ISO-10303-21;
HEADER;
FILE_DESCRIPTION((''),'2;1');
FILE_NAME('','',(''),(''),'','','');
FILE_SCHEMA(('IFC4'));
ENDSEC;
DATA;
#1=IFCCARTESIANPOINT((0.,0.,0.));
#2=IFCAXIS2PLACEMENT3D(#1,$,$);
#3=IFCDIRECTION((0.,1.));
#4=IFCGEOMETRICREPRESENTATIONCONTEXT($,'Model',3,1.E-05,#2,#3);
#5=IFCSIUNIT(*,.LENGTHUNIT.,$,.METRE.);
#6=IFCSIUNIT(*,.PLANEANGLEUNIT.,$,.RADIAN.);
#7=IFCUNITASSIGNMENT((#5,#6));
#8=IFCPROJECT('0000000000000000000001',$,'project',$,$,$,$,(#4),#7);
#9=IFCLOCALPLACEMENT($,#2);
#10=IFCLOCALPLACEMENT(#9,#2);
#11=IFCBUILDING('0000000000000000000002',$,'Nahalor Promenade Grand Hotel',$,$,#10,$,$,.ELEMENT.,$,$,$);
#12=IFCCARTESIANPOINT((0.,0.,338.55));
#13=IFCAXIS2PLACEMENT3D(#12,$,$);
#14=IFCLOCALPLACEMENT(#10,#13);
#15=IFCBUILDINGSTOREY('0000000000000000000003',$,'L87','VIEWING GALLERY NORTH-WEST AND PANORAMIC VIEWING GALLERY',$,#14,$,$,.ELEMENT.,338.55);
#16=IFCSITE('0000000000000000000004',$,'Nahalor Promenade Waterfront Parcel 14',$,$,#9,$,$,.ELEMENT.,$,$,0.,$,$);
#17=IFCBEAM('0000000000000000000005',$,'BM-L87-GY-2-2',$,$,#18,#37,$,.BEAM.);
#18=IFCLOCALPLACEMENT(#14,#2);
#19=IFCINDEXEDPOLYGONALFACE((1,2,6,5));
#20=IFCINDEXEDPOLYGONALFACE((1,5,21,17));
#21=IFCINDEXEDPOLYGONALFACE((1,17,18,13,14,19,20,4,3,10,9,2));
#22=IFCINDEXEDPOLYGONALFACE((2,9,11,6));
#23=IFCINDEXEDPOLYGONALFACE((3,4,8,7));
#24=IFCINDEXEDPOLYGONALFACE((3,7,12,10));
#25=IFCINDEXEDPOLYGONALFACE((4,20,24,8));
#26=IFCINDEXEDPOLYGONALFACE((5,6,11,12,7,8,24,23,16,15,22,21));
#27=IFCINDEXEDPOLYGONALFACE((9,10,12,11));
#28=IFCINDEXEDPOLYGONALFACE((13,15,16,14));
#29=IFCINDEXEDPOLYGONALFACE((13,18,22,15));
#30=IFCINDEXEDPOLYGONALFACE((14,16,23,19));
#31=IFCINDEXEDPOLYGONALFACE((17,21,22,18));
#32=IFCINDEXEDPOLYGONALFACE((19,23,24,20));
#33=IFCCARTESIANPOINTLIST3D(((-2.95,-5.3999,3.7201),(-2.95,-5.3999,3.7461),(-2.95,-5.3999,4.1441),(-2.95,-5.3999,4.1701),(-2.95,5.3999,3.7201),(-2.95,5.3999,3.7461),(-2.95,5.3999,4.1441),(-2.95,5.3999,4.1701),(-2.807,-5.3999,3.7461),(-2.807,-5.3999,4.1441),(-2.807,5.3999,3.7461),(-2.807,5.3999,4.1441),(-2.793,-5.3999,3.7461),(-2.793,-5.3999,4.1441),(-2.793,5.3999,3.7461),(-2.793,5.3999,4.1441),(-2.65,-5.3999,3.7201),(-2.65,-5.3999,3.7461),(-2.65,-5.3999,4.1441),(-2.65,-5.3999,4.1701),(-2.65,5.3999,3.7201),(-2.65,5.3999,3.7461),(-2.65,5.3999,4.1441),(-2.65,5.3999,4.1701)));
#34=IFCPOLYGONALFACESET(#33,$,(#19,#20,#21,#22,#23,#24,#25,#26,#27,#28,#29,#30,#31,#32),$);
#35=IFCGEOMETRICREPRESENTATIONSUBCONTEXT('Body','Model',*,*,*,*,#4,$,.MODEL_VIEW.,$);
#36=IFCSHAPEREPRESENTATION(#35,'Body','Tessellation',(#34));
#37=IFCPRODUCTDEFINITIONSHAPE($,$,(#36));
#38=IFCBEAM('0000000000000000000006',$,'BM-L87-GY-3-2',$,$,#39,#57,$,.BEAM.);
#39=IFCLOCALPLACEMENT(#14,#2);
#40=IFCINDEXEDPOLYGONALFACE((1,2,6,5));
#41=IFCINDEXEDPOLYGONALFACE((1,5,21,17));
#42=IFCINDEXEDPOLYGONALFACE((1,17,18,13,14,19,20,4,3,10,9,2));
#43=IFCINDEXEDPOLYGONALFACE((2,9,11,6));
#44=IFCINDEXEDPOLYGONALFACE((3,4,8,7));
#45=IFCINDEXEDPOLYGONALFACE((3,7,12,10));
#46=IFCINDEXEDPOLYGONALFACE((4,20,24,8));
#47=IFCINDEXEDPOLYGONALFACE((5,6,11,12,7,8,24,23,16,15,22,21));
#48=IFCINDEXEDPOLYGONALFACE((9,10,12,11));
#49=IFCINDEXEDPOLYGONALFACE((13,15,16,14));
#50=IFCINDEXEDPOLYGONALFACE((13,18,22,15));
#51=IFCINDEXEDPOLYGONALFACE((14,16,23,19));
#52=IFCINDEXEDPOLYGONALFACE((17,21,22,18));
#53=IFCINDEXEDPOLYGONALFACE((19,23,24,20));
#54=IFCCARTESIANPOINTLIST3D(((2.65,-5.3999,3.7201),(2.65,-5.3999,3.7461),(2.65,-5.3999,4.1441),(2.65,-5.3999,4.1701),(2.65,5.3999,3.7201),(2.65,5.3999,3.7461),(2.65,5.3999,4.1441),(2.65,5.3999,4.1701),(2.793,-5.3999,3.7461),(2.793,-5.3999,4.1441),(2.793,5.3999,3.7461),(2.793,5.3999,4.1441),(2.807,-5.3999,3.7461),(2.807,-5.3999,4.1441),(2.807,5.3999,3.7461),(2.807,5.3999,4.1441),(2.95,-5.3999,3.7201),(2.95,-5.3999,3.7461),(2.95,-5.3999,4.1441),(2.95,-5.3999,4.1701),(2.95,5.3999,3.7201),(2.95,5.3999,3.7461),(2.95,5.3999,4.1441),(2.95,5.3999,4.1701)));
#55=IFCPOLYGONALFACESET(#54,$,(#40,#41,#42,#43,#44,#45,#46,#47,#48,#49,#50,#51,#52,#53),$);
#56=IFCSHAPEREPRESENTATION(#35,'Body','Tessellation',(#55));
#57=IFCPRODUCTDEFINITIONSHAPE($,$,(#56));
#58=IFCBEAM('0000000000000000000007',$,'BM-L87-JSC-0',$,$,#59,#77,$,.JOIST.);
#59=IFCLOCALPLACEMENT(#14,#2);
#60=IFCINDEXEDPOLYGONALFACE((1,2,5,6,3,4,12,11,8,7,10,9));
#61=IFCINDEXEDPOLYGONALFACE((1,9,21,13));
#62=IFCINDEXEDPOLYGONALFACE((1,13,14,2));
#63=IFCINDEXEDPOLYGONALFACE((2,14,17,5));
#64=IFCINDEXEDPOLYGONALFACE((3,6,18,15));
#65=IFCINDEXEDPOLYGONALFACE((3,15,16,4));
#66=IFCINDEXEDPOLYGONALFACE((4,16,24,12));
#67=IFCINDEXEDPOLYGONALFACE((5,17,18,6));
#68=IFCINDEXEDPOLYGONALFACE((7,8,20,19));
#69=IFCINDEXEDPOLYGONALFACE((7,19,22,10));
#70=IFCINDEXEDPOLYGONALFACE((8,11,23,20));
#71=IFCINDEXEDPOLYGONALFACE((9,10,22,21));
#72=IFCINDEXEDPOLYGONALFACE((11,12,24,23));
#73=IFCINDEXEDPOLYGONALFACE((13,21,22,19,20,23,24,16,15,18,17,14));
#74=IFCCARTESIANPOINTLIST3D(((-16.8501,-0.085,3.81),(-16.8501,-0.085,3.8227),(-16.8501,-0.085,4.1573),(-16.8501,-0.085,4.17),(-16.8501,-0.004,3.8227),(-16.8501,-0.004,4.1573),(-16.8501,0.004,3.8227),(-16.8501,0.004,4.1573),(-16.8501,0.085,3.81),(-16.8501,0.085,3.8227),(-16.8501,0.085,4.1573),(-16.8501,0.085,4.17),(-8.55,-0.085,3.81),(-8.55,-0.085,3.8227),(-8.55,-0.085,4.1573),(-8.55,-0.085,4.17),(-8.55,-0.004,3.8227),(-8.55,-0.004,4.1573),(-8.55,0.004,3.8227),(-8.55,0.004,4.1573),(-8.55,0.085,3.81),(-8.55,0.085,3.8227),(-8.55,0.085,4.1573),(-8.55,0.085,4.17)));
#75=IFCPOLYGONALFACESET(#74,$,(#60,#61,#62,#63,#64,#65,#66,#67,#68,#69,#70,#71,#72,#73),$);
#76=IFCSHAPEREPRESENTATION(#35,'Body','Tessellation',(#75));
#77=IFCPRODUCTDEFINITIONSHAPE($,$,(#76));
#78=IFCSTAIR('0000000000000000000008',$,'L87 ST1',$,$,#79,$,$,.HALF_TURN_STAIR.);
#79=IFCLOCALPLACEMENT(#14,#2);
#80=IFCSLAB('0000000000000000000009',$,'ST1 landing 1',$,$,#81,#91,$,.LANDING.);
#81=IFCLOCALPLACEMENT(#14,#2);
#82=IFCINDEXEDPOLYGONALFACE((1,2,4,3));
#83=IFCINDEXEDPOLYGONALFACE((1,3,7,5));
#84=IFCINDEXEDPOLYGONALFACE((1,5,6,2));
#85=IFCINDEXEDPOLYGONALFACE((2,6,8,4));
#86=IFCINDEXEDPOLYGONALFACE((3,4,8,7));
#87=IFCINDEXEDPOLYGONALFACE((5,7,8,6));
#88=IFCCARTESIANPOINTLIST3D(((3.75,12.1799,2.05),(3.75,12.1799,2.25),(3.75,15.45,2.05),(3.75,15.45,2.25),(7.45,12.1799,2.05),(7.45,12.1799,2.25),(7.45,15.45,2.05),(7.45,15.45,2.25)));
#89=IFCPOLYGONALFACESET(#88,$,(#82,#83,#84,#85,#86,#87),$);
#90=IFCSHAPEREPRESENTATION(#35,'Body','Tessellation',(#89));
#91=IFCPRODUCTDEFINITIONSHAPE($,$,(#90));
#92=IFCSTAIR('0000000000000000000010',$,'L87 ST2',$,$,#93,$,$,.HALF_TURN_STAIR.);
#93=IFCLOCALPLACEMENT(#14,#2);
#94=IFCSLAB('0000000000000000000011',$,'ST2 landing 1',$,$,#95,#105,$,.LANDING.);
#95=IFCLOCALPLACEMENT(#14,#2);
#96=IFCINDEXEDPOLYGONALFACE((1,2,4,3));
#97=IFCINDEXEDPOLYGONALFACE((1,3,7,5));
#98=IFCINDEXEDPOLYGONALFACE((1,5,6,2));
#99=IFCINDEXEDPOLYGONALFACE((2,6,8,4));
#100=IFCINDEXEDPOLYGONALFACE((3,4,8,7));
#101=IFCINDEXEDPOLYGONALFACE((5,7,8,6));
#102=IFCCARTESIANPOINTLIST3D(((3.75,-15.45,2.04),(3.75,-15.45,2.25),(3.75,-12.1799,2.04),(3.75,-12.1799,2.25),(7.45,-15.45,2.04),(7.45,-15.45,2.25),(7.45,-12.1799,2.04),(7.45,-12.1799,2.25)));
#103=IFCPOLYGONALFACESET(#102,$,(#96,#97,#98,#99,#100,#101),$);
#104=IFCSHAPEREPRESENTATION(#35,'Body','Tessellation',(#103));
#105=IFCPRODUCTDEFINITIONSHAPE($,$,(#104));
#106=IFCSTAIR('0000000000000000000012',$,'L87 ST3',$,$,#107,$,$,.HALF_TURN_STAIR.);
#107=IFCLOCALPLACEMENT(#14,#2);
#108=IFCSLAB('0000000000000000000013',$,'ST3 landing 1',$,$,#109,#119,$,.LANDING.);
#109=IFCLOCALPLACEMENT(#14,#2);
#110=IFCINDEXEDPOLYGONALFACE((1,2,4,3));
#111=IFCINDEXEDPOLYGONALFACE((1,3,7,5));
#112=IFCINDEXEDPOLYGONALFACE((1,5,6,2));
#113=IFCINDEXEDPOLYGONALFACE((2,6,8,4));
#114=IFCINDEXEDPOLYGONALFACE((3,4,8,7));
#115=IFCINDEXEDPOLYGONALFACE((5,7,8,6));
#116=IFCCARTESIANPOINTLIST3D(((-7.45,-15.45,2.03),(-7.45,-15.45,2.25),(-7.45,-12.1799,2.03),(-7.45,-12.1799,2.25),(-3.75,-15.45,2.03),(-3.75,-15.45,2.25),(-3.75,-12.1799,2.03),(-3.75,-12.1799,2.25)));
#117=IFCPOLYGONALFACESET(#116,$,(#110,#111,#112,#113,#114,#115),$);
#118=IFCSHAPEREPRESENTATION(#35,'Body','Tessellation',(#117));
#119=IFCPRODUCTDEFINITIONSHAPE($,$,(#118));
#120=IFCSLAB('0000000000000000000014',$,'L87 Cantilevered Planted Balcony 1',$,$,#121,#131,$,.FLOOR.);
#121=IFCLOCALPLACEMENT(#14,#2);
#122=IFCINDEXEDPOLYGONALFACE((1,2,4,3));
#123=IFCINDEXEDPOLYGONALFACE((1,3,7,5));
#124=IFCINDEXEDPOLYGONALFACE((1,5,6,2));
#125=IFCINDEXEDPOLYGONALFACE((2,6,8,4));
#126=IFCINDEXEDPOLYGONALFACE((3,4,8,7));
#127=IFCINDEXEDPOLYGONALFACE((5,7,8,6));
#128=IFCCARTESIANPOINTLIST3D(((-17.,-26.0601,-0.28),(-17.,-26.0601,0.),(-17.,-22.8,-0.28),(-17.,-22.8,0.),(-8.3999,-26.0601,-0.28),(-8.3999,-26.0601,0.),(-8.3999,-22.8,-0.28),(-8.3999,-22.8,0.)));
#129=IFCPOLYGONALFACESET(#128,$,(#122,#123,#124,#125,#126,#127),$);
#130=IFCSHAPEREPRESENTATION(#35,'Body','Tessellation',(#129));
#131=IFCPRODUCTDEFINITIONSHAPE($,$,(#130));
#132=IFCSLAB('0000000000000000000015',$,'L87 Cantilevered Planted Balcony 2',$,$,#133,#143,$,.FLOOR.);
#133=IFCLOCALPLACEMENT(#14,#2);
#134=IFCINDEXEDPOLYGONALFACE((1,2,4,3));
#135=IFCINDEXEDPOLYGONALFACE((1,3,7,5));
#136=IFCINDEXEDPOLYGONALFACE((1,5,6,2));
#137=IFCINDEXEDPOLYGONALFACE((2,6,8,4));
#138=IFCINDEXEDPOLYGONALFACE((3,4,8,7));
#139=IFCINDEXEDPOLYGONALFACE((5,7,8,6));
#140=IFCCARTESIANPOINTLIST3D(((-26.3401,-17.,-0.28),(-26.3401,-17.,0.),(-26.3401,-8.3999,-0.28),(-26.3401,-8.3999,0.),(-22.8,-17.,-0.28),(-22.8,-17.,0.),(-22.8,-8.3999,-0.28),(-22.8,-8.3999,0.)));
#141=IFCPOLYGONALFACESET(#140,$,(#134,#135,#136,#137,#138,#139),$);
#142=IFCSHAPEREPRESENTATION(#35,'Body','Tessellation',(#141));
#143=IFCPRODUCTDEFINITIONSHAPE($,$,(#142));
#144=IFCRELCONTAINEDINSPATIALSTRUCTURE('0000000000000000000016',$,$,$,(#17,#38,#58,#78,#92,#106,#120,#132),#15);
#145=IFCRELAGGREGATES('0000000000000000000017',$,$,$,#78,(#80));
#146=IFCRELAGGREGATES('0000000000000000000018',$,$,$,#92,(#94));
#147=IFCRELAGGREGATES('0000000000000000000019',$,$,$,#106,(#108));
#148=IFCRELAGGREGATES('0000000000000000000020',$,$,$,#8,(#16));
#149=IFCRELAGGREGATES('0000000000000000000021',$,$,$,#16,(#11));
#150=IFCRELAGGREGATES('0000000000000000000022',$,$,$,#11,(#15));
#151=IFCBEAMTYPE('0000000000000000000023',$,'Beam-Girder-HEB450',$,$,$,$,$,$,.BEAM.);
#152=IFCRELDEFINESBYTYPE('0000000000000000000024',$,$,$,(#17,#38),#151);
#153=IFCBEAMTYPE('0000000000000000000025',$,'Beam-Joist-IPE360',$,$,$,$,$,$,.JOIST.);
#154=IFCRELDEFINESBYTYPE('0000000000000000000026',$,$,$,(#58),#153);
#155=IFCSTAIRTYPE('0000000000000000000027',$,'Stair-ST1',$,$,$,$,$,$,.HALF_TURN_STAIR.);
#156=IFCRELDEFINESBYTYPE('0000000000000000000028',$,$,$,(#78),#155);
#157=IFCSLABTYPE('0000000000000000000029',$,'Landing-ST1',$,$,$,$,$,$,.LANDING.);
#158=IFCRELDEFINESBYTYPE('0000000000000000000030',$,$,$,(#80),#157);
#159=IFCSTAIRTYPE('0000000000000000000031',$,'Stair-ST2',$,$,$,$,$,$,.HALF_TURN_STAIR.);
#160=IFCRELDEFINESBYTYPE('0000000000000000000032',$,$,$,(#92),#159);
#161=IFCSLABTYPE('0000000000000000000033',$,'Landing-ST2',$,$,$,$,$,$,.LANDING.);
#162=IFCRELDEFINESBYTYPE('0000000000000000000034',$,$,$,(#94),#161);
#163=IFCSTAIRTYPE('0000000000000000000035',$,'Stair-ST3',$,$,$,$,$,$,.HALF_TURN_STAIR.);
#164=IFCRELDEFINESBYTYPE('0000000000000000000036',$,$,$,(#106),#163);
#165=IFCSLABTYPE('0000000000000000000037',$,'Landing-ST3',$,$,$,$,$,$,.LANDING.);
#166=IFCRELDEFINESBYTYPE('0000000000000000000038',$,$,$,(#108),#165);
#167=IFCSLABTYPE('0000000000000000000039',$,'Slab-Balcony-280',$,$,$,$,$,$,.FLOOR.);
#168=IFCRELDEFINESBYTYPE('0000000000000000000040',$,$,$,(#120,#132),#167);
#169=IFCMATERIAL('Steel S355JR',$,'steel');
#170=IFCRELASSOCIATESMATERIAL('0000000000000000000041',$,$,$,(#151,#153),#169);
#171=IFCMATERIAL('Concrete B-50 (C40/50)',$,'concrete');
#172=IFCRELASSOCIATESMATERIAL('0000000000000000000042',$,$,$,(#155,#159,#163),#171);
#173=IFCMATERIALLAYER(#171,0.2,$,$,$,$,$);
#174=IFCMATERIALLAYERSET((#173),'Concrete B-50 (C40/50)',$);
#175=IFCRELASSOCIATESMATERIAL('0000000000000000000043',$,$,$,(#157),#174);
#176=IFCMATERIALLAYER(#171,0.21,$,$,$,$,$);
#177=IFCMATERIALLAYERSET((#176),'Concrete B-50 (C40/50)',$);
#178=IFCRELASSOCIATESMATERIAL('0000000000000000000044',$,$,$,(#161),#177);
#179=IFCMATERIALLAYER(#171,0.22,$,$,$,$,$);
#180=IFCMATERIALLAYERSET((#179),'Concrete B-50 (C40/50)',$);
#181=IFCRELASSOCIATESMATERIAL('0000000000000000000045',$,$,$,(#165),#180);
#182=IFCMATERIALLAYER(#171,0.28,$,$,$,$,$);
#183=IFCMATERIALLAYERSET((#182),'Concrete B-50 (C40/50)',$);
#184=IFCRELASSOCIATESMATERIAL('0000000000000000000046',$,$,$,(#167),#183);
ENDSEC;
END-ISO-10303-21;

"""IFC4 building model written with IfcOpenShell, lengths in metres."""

from ifc_helpers import new_model, si_unit, direction, frame, origin, origin_2d, place, context, subcontext, project, spatial, polyline, i_section, outline, extrude, source, transform, mapped, material, layer, layer_set, material_profile, profile_set, type_object, element, aggregate, save


model = new_model("IFC4")

# Units and contexts
model_context = context("Model", 3, precision=1e-05, world=origin(), true_north=direction((0.0, 1.0)))
body_context = subcontext(model_context, "Body", "Model", "MODEL_VIEW")
ifc_project = project(units=[si_unit("LENGTHUNIT", "METRE"), si_unit("PLANEANGLEUNIT", "RADIAN")], contexts=[model_context])

# Site, building, storey
site_placement = place(None, origin())
site = spatial("IfcSite", under=ifc_project, at=site_placement, Name="Nahalor Promenade Waterfront Parcel 14", CompositionType="ELEMENT", RefElevation=0.0)
building_placement = place(site_placement, origin())
building = spatial("IfcBuilding", under=site, at=building_placement, Name="Nahalor Promenade Grand Hotel", CompositionType="ELEMENT")
storey_placement = place(building_placement, frame((0.0, 0.0, 338.55)))
storey = spatial("IfcBuildingStorey", under=building, at=storey_placement, Name="L87", Description="VIEWING GALLERY NORTH-WEST AND PANORAMIC VIEWING GALLERY", CompositionType="ELEMENT", Elevation=338.55)

# Shared definitions
ifc_material_1 = material(Name="Concrete B-50 (C40/50)", Category="concrete")

# Beams
ifc_material_2 = material(Name="Steel S355JR", Category="steel")
ifc_material_profile_1 = material_profile(ifc_material_2, i_section(OverallWidth=0.3, OverallDepth=0.45, WebThickness=0.014, FlangeThickness=0.026, at=origin_2d()), Name="HEB 450")
ifc_profile_set_1 = profile_set([ifc_material_profile_1], Name="Steel S355JR")
beam_type_1 = type_object("IfcBeamType", Name="Beam-Girder-HEB450", PredefinedType="BEAM", material=ifc_profile_set_1)
shared_shape_1 = source(origin(), body_context, "Body", "SweptSolid", [
    extrude(i_section(OverallWidth=0.3, OverallDepth=0.45, WebThickness=0.014, FlangeThickness=0.026, at=origin_2d()), origin(), (0.0, 0.0, 1.0), 10.7998),
])
for number, where, z_axis, x_axis, name in (
    (1, (-2.8, -5.3999, 3.9451), (0.0, 1.0, 0.0), (-1.0, 0.0, 0.0), "BM-L87-GY-2-2"),
    (2, (2.8, -5.3999, 3.9451), (0.0, 1.0, 0.0), (-1.0, 0.0, 0.0), "BM-L87-GY-3-2"),
):
    element("IfcBeam", number, at=place(storey_placement, frame(where, z_axis=z_axis, x_axis=x_axis)), inside=storey, type_object=beam_type_1, Name=name, PredefinedType="BEAM", context=body_context, shape_type="MappedRepresentation", body=[
        mapped(shared_shape_1, transform((0.0, 0.0, 0.0), scale=1.0)),
    ])
ifc_material_profile_2 = material_profile(ifc_material_2, i_section(OverallWidth=0.17, OverallDepth=0.36, WebThickness=0.008, FlangeThickness=0.0127, at=origin_2d()), Name="IPE 360")
ifc_profile_set_2 = profile_set([ifc_material_profile_2], Name="Steel S355JR")
beam_type_2 = type_object("IfcBeamType", Name="Beam-Joist-IPE360", PredefinedType="JOIST", material=ifc_profile_set_2)
shared_shape_2 = source(origin(), body_context, "Body", "SweptSolid", [
    extrude(i_section(OverallWidth=0.17, OverallDepth=0.36, WebThickness=0.008, FlangeThickness=0.0127, at=origin_2d()), origin(), (0.0, 0.0, 1.0), 8.3),
])
beam_1_placement = place(storey_placement, frame((-16.8501, 0.0, 3.99), z_axis=(1.0, 0.0, 0.0), x_axis=(0.0, 1.0, 0.0)))
element("IfcBeam", 3, at=beam_1_placement, inside=storey, type_object=beam_type_2, Name="BM-L87-JSC-0", PredefinedType="JOIST", context=body_context, shape_type="MappedRepresentation", body=[
    mapped(shared_shape_2, transform((0.0, 0.0, 0.0), scale=1.0)),
])

# Stairs, slabs
stair_type_1 = type_object("IfcStairType", Name="Stair-ST1", PredefinedType="HALF_TURN_STAIR", material=ifc_material_1)
stair_1_placement = place(storey_placement, origin())
stair_1 = element("IfcStair", 4, at=stair_1_placement, inside=storey, type_object=stair_type_1, Name="L87 ST1", PredefinedType="HALF_TURN_STAIR")
ifc_layer_1 = layer(ifc_material_1, 0.2)
ifc_layer_set_1 = layer_set([ifc_layer_1], Name="Concrete B-50 (C40/50)")
slab_type_1 = type_object("IfcSlabType", Name="Landing-ST1", PredefinedType="LANDING", material=ifc_layer_set_1)
slab_1_placement = place(storey_placement, frame((0.0, 0.0, 2.05)))
slab_1 = element("IfcSlab", 5, at=slab_1_placement, type_object=slab_type_1, Name="ST1 landing 1", PredefinedType="LANDING", context=body_context, shape_type="SweptSolid", body=[
    extrude(outline(polyline([(7.45, 12.1799), (7.45, 15.45), (3.75, 15.45), (3.75, 12.1799), (7.45, 12.1799)])), origin(), (0.0, 0.0, 1.0), 0.2),
])
aggregate(stair_1, [slab_1])
stair_type_2 = type_object("IfcStairType", Name="Stair-ST2", PredefinedType="HALF_TURN_STAIR", material=ifc_material_1)
stair_2_placement = place(storey_placement, origin())
stair_2 = element("IfcStair", 6, at=stair_2_placement, inside=storey, type_object=stair_type_2, Name="L87 ST2", PredefinedType="HALF_TURN_STAIR")
ifc_layer_2 = layer(ifc_material_1, 0.21)
ifc_layer_set_2 = layer_set([ifc_layer_2], Name="Concrete B-50 (C40/50)")
slab_type_2 = type_object("IfcSlabType", Name="Landing-ST2", PredefinedType="LANDING", material=ifc_layer_set_2)
slab_2_placement = place(storey_placement, frame((0.0, 0.0, 2.04)))
slab_2 = element("IfcSlab", 7, at=slab_2_placement, type_object=slab_type_2, Name="ST2 landing 1", PredefinedType="LANDING", context=body_context, shape_type="SweptSolid", body=[
    extrude(outline(polyline([(3.75, -12.1799), (3.75, -15.45), (7.45, -15.45), (7.45, -12.1799), (3.75, -12.1799)])), origin(), (0.0, 0.0, 1.0), 0.21),
])
aggregate(stair_2, [slab_2])
stair_type_3 = type_object("IfcStairType", Name="Stair-ST3", PredefinedType="HALF_TURN_STAIR", material=ifc_material_1)
stair_3_placement = place(storey_placement, origin())
stair_3 = element("IfcStair", 8, at=stair_3_placement, inside=storey, type_object=stair_type_3, Name="L87 ST3", PredefinedType="HALF_TURN_STAIR")
ifc_layer_3 = layer(ifc_material_1, 0.22)
ifc_layer_set_3 = layer_set([ifc_layer_3], Name="Concrete B-50 (C40/50)")
slab_type_3 = type_object("IfcSlabType", Name="Landing-ST3", PredefinedType="LANDING", material=ifc_layer_set_3)
slab_3_placement = place(storey_placement, frame((0.0, 0.0, 2.03)))
slab_3 = element("IfcSlab", 9, at=slab_3_placement, type_object=slab_type_3, Name="ST3 landing 1", PredefinedType="LANDING", context=body_context, shape_type="SweptSolid", body=[
    extrude(outline(polyline([(-7.45, -12.1799), (-7.45, -15.45), (-3.75, -15.45), (-3.75, -12.1799), (-7.45, -12.1799)])), origin(), (0.0, 0.0, 1.0), 0.22),
])
aggregate(stair_3, [slab_3])

# Slabs
ifc_layer_4 = layer(ifc_material_1, 0.28)
ifc_layer_set_4 = layer_set([ifc_layer_4], Name="Concrete B-50 (C40/50)")
slab_type_4 = type_object("IfcSlabType", Name="Slab-Balcony-280", PredefinedType="FLOOR", material=ifc_layer_set_4)
slab_4_placement = place(storey_placement, frame((0.0, 0.0, -0.28)))
element("IfcSlab", 10, at=slab_4_placement, inside=storey, type_object=slab_type_4, Name="L87 Cantilevered Planted Balcony 1", PredefinedType="FLOOR", context=body_context, shape_type="SweptSolid", body=[
    extrude(outline(polyline([(-17.0, -26.0601), (-8.3999, -26.0601), (-8.3999, -22.8), (-17.0, -22.8), (-17.0, -26.0601)])), origin(), (0.0, 0.0, 1.0), 0.28),
])
slab_5_placement = place(storey_placement, frame((0.0, 0.0, -0.28)))
element("IfcSlab", 11, at=slab_5_placement, inside=storey, type_object=slab_type_4, Name="L87 Cantilevered Planted Balcony 2", PredefinedType="FLOOR", context=body_context, shape_type="SweptSolid", body=[
    extrude(outline(polyline([(-26.3401, -17.0), (-22.8, -17.0), (-22.8, -8.3999), (-26.3401, -8.3999), (-26.3401, -17.0)])), origin(), (0.0, 0.0, 1.0), 0.28),
])

save(model, "model.ifc")
